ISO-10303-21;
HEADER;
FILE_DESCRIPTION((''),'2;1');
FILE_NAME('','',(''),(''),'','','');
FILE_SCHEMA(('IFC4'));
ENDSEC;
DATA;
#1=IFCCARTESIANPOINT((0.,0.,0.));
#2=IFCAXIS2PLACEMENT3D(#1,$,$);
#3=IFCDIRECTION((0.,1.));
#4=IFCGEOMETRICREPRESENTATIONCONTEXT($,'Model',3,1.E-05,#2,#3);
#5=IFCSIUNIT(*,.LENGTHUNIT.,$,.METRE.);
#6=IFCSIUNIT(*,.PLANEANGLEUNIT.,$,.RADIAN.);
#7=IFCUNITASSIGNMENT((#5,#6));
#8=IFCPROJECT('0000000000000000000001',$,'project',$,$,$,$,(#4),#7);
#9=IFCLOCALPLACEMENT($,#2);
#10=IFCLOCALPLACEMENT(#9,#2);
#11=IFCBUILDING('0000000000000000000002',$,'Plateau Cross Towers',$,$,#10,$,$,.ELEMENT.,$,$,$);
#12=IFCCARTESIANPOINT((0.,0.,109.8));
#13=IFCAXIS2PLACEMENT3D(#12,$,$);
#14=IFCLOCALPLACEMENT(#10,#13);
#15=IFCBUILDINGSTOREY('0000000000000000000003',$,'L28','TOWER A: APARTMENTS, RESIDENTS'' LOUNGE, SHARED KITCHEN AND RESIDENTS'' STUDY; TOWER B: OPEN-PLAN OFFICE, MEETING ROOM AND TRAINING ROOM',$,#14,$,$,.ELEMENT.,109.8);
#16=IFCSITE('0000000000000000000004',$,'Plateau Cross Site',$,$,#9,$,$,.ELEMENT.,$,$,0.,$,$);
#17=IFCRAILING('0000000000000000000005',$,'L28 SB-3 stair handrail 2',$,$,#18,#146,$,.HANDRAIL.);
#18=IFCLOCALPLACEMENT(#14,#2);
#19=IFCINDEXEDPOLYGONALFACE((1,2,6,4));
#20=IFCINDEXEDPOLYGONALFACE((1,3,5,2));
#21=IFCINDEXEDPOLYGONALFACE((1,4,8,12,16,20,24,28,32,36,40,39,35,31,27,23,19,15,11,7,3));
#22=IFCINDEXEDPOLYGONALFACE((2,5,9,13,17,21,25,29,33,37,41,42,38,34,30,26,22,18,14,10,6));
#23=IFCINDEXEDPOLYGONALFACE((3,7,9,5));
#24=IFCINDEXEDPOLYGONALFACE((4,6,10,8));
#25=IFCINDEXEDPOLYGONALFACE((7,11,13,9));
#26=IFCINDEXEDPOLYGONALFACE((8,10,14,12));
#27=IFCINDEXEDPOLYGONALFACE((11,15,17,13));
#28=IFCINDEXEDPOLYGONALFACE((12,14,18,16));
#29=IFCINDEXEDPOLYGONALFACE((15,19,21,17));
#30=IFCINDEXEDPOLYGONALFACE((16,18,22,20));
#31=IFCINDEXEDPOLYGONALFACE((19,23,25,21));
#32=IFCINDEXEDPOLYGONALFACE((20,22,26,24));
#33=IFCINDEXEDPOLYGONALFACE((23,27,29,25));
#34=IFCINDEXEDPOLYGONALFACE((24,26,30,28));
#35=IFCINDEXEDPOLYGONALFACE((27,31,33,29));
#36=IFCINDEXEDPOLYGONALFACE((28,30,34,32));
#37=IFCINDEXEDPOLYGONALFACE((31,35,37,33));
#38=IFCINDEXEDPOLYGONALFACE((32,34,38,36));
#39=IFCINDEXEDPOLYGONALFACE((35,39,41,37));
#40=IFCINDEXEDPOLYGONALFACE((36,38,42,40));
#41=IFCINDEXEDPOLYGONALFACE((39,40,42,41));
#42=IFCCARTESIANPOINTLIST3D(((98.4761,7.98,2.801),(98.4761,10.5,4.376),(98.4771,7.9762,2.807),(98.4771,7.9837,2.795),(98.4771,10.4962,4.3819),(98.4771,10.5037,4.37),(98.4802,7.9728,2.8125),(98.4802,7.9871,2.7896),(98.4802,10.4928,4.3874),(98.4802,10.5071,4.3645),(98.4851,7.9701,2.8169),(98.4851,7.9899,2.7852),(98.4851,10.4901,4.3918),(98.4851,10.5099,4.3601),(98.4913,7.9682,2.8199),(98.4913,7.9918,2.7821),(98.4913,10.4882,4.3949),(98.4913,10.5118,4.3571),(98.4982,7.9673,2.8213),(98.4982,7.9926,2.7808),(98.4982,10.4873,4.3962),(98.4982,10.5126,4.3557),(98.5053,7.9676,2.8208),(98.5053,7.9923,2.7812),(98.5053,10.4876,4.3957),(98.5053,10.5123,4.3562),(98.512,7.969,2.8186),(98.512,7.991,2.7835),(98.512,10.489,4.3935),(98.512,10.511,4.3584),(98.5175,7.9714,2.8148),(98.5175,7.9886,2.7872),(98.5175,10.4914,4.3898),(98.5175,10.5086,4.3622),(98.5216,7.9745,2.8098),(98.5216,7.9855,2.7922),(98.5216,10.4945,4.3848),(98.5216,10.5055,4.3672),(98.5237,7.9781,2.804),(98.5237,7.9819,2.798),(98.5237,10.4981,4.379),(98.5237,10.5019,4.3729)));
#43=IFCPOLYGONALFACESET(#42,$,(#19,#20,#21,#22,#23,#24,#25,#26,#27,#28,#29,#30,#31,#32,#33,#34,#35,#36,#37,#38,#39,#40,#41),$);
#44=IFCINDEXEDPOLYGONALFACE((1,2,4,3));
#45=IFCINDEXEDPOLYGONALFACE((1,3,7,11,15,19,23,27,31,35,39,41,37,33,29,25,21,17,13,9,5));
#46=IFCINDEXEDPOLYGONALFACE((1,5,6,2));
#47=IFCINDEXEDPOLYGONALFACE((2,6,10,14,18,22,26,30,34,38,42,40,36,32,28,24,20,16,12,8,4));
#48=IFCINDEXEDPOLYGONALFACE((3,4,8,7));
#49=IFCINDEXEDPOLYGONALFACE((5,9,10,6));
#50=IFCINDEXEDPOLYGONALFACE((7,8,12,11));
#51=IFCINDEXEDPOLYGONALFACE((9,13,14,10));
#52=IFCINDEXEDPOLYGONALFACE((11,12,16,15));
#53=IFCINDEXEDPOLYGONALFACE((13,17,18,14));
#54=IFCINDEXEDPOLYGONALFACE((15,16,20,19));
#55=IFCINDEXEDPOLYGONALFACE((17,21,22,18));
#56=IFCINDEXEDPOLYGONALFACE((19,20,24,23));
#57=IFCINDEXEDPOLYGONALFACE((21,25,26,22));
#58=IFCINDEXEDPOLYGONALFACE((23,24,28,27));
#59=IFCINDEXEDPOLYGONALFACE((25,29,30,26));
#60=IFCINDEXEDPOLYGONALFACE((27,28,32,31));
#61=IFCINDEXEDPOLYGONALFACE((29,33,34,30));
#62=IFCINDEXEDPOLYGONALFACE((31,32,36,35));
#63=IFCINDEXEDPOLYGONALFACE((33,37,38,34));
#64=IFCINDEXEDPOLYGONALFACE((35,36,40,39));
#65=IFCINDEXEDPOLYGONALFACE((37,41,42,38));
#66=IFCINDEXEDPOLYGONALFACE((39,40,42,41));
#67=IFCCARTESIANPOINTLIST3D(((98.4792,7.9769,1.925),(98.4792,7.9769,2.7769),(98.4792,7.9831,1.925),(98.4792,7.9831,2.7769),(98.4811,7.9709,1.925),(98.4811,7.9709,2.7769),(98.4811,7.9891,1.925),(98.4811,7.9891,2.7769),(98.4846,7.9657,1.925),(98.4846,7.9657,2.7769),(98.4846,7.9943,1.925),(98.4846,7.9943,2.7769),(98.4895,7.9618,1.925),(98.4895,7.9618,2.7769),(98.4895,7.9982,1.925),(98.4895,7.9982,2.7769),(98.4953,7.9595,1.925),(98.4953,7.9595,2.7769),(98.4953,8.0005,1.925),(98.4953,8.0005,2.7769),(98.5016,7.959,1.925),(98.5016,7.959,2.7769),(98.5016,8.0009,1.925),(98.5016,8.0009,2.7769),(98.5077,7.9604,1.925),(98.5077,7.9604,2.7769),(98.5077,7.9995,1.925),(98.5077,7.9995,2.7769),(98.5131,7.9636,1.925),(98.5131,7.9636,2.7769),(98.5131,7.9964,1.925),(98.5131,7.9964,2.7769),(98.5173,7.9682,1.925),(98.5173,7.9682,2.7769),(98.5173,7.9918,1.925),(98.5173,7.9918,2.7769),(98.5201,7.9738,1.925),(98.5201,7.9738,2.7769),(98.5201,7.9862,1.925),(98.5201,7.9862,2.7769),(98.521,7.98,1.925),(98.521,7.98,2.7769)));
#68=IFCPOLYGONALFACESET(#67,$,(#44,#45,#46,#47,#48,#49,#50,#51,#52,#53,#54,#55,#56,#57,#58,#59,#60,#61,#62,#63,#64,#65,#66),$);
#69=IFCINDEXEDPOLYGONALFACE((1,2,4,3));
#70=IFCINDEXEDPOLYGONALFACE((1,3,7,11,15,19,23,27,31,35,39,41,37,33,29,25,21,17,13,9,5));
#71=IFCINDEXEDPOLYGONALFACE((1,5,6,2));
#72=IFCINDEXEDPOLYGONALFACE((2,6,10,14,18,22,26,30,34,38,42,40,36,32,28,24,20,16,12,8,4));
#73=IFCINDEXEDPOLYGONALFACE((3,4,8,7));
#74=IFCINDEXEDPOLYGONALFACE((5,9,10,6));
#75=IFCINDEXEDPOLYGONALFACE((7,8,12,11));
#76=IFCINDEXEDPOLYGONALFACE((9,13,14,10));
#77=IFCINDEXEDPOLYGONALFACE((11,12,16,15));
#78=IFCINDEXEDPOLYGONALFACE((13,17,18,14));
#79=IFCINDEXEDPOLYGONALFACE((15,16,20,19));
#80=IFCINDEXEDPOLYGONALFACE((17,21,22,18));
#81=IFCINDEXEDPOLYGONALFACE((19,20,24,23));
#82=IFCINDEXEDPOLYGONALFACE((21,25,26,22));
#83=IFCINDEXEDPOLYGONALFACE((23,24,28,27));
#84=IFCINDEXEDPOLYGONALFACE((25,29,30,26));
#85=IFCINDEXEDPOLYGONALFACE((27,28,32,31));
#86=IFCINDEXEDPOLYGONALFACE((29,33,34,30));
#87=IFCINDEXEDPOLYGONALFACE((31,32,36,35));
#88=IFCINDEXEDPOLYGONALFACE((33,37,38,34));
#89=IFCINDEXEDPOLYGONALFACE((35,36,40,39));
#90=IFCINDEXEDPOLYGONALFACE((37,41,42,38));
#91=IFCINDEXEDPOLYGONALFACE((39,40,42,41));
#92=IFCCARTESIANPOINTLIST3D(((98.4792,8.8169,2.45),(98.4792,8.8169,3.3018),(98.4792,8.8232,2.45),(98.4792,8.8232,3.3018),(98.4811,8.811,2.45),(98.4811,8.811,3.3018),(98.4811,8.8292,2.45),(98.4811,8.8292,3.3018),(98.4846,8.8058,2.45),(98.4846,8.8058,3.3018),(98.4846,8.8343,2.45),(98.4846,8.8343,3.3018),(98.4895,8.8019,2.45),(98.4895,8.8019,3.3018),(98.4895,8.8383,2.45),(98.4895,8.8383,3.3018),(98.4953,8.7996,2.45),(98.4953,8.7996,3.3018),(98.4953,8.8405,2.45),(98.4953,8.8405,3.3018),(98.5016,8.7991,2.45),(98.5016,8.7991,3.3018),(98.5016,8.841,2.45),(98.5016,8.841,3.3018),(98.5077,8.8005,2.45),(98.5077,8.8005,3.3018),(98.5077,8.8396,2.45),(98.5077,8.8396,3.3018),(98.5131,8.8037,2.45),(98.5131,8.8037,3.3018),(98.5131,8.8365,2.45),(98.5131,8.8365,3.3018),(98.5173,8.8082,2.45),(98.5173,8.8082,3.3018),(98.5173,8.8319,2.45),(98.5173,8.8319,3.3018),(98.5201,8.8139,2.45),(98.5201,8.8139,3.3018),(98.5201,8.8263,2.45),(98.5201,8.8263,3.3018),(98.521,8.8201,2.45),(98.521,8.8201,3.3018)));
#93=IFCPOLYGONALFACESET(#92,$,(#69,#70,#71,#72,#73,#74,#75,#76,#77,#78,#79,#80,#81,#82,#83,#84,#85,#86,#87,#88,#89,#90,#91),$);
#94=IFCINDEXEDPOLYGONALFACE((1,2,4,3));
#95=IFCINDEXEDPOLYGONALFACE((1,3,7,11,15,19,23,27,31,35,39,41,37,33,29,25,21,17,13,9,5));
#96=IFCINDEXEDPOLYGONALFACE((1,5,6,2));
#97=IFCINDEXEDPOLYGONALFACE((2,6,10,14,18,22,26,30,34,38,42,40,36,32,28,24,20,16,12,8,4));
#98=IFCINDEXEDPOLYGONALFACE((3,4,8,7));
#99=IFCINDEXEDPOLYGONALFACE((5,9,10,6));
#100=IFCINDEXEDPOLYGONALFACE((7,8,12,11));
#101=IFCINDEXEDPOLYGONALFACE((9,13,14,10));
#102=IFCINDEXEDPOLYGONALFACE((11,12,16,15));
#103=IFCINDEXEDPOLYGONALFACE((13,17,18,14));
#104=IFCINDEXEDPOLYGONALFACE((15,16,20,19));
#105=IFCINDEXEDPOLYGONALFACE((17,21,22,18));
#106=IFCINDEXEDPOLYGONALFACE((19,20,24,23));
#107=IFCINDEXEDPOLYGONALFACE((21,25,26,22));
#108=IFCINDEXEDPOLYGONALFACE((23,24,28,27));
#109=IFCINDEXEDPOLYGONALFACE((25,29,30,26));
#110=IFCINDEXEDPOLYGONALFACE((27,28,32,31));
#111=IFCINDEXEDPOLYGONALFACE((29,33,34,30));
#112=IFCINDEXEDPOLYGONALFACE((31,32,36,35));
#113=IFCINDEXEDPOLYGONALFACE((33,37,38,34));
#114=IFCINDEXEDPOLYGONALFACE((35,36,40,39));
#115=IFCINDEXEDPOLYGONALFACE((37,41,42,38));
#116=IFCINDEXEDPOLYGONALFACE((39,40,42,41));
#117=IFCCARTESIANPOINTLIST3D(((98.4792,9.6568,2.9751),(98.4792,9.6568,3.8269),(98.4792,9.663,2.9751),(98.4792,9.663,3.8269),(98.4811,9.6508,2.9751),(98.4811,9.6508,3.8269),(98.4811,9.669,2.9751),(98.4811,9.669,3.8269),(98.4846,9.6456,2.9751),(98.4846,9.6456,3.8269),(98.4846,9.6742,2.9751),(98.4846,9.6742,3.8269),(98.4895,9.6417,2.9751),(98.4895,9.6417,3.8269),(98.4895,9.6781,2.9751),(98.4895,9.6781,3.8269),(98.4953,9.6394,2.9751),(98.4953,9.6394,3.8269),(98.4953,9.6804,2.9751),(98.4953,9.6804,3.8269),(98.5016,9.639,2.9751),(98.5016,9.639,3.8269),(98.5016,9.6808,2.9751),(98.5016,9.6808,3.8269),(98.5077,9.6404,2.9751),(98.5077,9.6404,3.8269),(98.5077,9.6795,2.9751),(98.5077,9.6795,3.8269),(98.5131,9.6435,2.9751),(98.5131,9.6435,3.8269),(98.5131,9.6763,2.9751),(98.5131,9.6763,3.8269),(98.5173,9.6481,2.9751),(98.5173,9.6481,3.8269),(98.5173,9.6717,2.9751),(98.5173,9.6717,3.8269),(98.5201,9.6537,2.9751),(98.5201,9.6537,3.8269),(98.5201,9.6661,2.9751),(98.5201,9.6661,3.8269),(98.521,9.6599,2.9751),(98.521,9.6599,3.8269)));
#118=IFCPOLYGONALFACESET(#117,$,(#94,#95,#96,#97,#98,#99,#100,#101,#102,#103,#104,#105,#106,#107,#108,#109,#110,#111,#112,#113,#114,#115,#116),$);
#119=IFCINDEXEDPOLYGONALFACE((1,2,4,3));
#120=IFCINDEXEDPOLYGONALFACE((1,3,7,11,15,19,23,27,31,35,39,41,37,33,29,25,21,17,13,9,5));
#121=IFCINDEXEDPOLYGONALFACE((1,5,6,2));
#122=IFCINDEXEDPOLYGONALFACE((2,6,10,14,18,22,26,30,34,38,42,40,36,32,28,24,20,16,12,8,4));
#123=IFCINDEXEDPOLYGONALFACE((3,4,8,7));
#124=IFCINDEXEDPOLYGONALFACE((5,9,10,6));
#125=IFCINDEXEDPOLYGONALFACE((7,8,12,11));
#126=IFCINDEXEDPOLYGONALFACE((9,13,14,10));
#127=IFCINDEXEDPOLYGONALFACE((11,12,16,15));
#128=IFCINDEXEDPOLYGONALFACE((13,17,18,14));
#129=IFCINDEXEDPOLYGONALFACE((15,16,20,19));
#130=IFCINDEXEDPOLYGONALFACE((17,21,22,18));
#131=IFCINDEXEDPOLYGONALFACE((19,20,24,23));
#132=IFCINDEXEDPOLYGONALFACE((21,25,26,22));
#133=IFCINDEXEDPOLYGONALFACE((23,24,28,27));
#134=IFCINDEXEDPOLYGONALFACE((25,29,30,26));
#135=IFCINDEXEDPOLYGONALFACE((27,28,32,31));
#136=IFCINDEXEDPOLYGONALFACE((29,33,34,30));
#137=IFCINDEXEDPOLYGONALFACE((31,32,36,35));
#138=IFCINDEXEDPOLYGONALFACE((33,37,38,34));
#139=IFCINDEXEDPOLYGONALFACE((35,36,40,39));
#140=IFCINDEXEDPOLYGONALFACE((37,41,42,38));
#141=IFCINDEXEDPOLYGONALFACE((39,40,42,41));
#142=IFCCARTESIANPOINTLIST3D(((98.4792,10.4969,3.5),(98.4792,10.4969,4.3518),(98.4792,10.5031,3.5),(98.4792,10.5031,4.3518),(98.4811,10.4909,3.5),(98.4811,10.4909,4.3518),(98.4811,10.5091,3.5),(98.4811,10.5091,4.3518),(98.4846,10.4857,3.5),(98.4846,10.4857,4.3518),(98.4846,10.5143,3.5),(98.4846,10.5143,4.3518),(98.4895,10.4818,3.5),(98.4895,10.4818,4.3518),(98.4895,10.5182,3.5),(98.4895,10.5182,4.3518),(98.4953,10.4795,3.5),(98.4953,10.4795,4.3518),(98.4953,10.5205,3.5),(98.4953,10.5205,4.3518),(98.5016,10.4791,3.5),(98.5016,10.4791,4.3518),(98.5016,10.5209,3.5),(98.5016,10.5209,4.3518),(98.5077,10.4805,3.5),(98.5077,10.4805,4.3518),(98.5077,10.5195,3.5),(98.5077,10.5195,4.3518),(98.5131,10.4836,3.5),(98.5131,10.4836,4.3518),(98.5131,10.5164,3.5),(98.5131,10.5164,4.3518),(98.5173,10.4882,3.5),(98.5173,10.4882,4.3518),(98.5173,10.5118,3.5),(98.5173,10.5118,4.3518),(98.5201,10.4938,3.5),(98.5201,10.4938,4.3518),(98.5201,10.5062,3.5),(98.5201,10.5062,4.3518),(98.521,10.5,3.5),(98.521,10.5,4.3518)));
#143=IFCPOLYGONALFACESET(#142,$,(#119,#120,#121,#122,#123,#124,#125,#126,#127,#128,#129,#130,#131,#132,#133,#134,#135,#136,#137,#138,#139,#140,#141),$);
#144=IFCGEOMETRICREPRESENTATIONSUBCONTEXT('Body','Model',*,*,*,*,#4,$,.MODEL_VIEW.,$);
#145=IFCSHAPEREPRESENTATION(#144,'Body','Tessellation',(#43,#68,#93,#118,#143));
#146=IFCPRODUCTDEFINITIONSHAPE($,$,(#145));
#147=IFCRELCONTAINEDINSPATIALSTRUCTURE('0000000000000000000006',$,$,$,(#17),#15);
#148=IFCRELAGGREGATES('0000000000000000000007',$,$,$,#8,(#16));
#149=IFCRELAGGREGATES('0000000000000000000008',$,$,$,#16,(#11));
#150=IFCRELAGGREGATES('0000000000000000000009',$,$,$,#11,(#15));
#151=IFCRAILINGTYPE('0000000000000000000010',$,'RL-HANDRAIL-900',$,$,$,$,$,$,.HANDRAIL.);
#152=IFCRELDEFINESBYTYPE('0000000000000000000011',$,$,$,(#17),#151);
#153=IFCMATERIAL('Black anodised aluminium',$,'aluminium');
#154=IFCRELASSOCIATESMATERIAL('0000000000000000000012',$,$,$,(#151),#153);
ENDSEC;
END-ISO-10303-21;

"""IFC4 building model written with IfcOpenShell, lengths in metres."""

from ifc_helpers import new_model, si_unit, direction, frame, origin, origin_2d, place, context, subcontext, project, spatial, circle, extrude, material, type_object, element, save


model = new_model("IFC4")

# Units and contexts
model_context = context("Model", 3, precision=1e-05, world=origin(), true_north=direction((0.0, 1.0)))
body_context = subcontext(model_context, "Body", "Model", "MODEL_VIEW")
ifc_project = project(units=[si_unit("LENGTHUNIT", "METRE"), si_unit("PLANEANGLEUNIT", "RADIAN")], contexts=[model_context])

# Site, building, storey
site_placement = place(None, origin())
site = spatial("IfcSite", under=ifc_project, at=site_placement, Name="Plateau Cross Site", CompositionType="ELEMENT", RefElevation=0.0)
building_placement = place(site_placement, origin())
building = spatial("IfcBuilding", under=site, at=building_placement, Name="Plateau Cross Towers", CompositionType="ELEMENT")
storey_placement = place(building_placement, frame((0.0, 0.0, 109.8)))
storey = spatial("IfcBuildingStorey", under=building, at=storey_placement, Name="L28", Description="TOWER A: APARTMENTS, RESIDENTS' LOUNGE, SHARED KITCHEN AND RESIDENTS' STUDY; TOWER B: OPEN-PLAN OFFICE, MEETING ROOM AND TRAINING ROOM", CompositionType="ELEMENT", Elevation=109.8)

# Shared definitions
ifc_material_1 = material(Name="Black anodised aluminium", Category="aluminium")

# Railing
railing_type_1 = type_object("IfcRailingType", Name="RL-HANDRAIL-900", PredefinedType="HANDRAIL", material=ifc_material_1)
railing_1_placement = place(storey_placement, frame((98.5, 7.98, 1.925)))
element("IfcRailing", 1, at=railing_1_placement, inside=storey, type_object=railing_type_1, Name="L28 SB-3 stair handrail 2", PredefinedType="HANDRAIL", context=body_context, shape_type="SweptSolid", body=[
    extrude(circle(Radius=0.0239, at=origin_2d()), frame((0.0, 0.0, 0.876), z_axis=(0.0, 0.848008, 0.529984), x_axis=(-1.0, 0.0, 0.0)), (0.0, 0.0, 1.0), 2.9717),
    extrude(circle(Radius=0.021, at=origin_2d()), origin(), (0.0, 0.0, 1.0), 0.8518),
    extrude(circle(Radius=0.021, at=origin_2d()), frame((0.0, 0.8401, 0.5249)), (0.0, 0.0, 1.0), 0.8518),
    extrude(circle(Radius=0.021, at=origin_2d()), frame((0.0, 1.6799, 1.05)), (0.0, 0.0, 1.0), 0.8518),
    extrude(circle(Radius=0.021, at=origin_2d()), frame((0.0, 2.52, 1.575)), (0.0, 0.0, 1.0), 0.8518),
])

save(model, "model.ifc")
